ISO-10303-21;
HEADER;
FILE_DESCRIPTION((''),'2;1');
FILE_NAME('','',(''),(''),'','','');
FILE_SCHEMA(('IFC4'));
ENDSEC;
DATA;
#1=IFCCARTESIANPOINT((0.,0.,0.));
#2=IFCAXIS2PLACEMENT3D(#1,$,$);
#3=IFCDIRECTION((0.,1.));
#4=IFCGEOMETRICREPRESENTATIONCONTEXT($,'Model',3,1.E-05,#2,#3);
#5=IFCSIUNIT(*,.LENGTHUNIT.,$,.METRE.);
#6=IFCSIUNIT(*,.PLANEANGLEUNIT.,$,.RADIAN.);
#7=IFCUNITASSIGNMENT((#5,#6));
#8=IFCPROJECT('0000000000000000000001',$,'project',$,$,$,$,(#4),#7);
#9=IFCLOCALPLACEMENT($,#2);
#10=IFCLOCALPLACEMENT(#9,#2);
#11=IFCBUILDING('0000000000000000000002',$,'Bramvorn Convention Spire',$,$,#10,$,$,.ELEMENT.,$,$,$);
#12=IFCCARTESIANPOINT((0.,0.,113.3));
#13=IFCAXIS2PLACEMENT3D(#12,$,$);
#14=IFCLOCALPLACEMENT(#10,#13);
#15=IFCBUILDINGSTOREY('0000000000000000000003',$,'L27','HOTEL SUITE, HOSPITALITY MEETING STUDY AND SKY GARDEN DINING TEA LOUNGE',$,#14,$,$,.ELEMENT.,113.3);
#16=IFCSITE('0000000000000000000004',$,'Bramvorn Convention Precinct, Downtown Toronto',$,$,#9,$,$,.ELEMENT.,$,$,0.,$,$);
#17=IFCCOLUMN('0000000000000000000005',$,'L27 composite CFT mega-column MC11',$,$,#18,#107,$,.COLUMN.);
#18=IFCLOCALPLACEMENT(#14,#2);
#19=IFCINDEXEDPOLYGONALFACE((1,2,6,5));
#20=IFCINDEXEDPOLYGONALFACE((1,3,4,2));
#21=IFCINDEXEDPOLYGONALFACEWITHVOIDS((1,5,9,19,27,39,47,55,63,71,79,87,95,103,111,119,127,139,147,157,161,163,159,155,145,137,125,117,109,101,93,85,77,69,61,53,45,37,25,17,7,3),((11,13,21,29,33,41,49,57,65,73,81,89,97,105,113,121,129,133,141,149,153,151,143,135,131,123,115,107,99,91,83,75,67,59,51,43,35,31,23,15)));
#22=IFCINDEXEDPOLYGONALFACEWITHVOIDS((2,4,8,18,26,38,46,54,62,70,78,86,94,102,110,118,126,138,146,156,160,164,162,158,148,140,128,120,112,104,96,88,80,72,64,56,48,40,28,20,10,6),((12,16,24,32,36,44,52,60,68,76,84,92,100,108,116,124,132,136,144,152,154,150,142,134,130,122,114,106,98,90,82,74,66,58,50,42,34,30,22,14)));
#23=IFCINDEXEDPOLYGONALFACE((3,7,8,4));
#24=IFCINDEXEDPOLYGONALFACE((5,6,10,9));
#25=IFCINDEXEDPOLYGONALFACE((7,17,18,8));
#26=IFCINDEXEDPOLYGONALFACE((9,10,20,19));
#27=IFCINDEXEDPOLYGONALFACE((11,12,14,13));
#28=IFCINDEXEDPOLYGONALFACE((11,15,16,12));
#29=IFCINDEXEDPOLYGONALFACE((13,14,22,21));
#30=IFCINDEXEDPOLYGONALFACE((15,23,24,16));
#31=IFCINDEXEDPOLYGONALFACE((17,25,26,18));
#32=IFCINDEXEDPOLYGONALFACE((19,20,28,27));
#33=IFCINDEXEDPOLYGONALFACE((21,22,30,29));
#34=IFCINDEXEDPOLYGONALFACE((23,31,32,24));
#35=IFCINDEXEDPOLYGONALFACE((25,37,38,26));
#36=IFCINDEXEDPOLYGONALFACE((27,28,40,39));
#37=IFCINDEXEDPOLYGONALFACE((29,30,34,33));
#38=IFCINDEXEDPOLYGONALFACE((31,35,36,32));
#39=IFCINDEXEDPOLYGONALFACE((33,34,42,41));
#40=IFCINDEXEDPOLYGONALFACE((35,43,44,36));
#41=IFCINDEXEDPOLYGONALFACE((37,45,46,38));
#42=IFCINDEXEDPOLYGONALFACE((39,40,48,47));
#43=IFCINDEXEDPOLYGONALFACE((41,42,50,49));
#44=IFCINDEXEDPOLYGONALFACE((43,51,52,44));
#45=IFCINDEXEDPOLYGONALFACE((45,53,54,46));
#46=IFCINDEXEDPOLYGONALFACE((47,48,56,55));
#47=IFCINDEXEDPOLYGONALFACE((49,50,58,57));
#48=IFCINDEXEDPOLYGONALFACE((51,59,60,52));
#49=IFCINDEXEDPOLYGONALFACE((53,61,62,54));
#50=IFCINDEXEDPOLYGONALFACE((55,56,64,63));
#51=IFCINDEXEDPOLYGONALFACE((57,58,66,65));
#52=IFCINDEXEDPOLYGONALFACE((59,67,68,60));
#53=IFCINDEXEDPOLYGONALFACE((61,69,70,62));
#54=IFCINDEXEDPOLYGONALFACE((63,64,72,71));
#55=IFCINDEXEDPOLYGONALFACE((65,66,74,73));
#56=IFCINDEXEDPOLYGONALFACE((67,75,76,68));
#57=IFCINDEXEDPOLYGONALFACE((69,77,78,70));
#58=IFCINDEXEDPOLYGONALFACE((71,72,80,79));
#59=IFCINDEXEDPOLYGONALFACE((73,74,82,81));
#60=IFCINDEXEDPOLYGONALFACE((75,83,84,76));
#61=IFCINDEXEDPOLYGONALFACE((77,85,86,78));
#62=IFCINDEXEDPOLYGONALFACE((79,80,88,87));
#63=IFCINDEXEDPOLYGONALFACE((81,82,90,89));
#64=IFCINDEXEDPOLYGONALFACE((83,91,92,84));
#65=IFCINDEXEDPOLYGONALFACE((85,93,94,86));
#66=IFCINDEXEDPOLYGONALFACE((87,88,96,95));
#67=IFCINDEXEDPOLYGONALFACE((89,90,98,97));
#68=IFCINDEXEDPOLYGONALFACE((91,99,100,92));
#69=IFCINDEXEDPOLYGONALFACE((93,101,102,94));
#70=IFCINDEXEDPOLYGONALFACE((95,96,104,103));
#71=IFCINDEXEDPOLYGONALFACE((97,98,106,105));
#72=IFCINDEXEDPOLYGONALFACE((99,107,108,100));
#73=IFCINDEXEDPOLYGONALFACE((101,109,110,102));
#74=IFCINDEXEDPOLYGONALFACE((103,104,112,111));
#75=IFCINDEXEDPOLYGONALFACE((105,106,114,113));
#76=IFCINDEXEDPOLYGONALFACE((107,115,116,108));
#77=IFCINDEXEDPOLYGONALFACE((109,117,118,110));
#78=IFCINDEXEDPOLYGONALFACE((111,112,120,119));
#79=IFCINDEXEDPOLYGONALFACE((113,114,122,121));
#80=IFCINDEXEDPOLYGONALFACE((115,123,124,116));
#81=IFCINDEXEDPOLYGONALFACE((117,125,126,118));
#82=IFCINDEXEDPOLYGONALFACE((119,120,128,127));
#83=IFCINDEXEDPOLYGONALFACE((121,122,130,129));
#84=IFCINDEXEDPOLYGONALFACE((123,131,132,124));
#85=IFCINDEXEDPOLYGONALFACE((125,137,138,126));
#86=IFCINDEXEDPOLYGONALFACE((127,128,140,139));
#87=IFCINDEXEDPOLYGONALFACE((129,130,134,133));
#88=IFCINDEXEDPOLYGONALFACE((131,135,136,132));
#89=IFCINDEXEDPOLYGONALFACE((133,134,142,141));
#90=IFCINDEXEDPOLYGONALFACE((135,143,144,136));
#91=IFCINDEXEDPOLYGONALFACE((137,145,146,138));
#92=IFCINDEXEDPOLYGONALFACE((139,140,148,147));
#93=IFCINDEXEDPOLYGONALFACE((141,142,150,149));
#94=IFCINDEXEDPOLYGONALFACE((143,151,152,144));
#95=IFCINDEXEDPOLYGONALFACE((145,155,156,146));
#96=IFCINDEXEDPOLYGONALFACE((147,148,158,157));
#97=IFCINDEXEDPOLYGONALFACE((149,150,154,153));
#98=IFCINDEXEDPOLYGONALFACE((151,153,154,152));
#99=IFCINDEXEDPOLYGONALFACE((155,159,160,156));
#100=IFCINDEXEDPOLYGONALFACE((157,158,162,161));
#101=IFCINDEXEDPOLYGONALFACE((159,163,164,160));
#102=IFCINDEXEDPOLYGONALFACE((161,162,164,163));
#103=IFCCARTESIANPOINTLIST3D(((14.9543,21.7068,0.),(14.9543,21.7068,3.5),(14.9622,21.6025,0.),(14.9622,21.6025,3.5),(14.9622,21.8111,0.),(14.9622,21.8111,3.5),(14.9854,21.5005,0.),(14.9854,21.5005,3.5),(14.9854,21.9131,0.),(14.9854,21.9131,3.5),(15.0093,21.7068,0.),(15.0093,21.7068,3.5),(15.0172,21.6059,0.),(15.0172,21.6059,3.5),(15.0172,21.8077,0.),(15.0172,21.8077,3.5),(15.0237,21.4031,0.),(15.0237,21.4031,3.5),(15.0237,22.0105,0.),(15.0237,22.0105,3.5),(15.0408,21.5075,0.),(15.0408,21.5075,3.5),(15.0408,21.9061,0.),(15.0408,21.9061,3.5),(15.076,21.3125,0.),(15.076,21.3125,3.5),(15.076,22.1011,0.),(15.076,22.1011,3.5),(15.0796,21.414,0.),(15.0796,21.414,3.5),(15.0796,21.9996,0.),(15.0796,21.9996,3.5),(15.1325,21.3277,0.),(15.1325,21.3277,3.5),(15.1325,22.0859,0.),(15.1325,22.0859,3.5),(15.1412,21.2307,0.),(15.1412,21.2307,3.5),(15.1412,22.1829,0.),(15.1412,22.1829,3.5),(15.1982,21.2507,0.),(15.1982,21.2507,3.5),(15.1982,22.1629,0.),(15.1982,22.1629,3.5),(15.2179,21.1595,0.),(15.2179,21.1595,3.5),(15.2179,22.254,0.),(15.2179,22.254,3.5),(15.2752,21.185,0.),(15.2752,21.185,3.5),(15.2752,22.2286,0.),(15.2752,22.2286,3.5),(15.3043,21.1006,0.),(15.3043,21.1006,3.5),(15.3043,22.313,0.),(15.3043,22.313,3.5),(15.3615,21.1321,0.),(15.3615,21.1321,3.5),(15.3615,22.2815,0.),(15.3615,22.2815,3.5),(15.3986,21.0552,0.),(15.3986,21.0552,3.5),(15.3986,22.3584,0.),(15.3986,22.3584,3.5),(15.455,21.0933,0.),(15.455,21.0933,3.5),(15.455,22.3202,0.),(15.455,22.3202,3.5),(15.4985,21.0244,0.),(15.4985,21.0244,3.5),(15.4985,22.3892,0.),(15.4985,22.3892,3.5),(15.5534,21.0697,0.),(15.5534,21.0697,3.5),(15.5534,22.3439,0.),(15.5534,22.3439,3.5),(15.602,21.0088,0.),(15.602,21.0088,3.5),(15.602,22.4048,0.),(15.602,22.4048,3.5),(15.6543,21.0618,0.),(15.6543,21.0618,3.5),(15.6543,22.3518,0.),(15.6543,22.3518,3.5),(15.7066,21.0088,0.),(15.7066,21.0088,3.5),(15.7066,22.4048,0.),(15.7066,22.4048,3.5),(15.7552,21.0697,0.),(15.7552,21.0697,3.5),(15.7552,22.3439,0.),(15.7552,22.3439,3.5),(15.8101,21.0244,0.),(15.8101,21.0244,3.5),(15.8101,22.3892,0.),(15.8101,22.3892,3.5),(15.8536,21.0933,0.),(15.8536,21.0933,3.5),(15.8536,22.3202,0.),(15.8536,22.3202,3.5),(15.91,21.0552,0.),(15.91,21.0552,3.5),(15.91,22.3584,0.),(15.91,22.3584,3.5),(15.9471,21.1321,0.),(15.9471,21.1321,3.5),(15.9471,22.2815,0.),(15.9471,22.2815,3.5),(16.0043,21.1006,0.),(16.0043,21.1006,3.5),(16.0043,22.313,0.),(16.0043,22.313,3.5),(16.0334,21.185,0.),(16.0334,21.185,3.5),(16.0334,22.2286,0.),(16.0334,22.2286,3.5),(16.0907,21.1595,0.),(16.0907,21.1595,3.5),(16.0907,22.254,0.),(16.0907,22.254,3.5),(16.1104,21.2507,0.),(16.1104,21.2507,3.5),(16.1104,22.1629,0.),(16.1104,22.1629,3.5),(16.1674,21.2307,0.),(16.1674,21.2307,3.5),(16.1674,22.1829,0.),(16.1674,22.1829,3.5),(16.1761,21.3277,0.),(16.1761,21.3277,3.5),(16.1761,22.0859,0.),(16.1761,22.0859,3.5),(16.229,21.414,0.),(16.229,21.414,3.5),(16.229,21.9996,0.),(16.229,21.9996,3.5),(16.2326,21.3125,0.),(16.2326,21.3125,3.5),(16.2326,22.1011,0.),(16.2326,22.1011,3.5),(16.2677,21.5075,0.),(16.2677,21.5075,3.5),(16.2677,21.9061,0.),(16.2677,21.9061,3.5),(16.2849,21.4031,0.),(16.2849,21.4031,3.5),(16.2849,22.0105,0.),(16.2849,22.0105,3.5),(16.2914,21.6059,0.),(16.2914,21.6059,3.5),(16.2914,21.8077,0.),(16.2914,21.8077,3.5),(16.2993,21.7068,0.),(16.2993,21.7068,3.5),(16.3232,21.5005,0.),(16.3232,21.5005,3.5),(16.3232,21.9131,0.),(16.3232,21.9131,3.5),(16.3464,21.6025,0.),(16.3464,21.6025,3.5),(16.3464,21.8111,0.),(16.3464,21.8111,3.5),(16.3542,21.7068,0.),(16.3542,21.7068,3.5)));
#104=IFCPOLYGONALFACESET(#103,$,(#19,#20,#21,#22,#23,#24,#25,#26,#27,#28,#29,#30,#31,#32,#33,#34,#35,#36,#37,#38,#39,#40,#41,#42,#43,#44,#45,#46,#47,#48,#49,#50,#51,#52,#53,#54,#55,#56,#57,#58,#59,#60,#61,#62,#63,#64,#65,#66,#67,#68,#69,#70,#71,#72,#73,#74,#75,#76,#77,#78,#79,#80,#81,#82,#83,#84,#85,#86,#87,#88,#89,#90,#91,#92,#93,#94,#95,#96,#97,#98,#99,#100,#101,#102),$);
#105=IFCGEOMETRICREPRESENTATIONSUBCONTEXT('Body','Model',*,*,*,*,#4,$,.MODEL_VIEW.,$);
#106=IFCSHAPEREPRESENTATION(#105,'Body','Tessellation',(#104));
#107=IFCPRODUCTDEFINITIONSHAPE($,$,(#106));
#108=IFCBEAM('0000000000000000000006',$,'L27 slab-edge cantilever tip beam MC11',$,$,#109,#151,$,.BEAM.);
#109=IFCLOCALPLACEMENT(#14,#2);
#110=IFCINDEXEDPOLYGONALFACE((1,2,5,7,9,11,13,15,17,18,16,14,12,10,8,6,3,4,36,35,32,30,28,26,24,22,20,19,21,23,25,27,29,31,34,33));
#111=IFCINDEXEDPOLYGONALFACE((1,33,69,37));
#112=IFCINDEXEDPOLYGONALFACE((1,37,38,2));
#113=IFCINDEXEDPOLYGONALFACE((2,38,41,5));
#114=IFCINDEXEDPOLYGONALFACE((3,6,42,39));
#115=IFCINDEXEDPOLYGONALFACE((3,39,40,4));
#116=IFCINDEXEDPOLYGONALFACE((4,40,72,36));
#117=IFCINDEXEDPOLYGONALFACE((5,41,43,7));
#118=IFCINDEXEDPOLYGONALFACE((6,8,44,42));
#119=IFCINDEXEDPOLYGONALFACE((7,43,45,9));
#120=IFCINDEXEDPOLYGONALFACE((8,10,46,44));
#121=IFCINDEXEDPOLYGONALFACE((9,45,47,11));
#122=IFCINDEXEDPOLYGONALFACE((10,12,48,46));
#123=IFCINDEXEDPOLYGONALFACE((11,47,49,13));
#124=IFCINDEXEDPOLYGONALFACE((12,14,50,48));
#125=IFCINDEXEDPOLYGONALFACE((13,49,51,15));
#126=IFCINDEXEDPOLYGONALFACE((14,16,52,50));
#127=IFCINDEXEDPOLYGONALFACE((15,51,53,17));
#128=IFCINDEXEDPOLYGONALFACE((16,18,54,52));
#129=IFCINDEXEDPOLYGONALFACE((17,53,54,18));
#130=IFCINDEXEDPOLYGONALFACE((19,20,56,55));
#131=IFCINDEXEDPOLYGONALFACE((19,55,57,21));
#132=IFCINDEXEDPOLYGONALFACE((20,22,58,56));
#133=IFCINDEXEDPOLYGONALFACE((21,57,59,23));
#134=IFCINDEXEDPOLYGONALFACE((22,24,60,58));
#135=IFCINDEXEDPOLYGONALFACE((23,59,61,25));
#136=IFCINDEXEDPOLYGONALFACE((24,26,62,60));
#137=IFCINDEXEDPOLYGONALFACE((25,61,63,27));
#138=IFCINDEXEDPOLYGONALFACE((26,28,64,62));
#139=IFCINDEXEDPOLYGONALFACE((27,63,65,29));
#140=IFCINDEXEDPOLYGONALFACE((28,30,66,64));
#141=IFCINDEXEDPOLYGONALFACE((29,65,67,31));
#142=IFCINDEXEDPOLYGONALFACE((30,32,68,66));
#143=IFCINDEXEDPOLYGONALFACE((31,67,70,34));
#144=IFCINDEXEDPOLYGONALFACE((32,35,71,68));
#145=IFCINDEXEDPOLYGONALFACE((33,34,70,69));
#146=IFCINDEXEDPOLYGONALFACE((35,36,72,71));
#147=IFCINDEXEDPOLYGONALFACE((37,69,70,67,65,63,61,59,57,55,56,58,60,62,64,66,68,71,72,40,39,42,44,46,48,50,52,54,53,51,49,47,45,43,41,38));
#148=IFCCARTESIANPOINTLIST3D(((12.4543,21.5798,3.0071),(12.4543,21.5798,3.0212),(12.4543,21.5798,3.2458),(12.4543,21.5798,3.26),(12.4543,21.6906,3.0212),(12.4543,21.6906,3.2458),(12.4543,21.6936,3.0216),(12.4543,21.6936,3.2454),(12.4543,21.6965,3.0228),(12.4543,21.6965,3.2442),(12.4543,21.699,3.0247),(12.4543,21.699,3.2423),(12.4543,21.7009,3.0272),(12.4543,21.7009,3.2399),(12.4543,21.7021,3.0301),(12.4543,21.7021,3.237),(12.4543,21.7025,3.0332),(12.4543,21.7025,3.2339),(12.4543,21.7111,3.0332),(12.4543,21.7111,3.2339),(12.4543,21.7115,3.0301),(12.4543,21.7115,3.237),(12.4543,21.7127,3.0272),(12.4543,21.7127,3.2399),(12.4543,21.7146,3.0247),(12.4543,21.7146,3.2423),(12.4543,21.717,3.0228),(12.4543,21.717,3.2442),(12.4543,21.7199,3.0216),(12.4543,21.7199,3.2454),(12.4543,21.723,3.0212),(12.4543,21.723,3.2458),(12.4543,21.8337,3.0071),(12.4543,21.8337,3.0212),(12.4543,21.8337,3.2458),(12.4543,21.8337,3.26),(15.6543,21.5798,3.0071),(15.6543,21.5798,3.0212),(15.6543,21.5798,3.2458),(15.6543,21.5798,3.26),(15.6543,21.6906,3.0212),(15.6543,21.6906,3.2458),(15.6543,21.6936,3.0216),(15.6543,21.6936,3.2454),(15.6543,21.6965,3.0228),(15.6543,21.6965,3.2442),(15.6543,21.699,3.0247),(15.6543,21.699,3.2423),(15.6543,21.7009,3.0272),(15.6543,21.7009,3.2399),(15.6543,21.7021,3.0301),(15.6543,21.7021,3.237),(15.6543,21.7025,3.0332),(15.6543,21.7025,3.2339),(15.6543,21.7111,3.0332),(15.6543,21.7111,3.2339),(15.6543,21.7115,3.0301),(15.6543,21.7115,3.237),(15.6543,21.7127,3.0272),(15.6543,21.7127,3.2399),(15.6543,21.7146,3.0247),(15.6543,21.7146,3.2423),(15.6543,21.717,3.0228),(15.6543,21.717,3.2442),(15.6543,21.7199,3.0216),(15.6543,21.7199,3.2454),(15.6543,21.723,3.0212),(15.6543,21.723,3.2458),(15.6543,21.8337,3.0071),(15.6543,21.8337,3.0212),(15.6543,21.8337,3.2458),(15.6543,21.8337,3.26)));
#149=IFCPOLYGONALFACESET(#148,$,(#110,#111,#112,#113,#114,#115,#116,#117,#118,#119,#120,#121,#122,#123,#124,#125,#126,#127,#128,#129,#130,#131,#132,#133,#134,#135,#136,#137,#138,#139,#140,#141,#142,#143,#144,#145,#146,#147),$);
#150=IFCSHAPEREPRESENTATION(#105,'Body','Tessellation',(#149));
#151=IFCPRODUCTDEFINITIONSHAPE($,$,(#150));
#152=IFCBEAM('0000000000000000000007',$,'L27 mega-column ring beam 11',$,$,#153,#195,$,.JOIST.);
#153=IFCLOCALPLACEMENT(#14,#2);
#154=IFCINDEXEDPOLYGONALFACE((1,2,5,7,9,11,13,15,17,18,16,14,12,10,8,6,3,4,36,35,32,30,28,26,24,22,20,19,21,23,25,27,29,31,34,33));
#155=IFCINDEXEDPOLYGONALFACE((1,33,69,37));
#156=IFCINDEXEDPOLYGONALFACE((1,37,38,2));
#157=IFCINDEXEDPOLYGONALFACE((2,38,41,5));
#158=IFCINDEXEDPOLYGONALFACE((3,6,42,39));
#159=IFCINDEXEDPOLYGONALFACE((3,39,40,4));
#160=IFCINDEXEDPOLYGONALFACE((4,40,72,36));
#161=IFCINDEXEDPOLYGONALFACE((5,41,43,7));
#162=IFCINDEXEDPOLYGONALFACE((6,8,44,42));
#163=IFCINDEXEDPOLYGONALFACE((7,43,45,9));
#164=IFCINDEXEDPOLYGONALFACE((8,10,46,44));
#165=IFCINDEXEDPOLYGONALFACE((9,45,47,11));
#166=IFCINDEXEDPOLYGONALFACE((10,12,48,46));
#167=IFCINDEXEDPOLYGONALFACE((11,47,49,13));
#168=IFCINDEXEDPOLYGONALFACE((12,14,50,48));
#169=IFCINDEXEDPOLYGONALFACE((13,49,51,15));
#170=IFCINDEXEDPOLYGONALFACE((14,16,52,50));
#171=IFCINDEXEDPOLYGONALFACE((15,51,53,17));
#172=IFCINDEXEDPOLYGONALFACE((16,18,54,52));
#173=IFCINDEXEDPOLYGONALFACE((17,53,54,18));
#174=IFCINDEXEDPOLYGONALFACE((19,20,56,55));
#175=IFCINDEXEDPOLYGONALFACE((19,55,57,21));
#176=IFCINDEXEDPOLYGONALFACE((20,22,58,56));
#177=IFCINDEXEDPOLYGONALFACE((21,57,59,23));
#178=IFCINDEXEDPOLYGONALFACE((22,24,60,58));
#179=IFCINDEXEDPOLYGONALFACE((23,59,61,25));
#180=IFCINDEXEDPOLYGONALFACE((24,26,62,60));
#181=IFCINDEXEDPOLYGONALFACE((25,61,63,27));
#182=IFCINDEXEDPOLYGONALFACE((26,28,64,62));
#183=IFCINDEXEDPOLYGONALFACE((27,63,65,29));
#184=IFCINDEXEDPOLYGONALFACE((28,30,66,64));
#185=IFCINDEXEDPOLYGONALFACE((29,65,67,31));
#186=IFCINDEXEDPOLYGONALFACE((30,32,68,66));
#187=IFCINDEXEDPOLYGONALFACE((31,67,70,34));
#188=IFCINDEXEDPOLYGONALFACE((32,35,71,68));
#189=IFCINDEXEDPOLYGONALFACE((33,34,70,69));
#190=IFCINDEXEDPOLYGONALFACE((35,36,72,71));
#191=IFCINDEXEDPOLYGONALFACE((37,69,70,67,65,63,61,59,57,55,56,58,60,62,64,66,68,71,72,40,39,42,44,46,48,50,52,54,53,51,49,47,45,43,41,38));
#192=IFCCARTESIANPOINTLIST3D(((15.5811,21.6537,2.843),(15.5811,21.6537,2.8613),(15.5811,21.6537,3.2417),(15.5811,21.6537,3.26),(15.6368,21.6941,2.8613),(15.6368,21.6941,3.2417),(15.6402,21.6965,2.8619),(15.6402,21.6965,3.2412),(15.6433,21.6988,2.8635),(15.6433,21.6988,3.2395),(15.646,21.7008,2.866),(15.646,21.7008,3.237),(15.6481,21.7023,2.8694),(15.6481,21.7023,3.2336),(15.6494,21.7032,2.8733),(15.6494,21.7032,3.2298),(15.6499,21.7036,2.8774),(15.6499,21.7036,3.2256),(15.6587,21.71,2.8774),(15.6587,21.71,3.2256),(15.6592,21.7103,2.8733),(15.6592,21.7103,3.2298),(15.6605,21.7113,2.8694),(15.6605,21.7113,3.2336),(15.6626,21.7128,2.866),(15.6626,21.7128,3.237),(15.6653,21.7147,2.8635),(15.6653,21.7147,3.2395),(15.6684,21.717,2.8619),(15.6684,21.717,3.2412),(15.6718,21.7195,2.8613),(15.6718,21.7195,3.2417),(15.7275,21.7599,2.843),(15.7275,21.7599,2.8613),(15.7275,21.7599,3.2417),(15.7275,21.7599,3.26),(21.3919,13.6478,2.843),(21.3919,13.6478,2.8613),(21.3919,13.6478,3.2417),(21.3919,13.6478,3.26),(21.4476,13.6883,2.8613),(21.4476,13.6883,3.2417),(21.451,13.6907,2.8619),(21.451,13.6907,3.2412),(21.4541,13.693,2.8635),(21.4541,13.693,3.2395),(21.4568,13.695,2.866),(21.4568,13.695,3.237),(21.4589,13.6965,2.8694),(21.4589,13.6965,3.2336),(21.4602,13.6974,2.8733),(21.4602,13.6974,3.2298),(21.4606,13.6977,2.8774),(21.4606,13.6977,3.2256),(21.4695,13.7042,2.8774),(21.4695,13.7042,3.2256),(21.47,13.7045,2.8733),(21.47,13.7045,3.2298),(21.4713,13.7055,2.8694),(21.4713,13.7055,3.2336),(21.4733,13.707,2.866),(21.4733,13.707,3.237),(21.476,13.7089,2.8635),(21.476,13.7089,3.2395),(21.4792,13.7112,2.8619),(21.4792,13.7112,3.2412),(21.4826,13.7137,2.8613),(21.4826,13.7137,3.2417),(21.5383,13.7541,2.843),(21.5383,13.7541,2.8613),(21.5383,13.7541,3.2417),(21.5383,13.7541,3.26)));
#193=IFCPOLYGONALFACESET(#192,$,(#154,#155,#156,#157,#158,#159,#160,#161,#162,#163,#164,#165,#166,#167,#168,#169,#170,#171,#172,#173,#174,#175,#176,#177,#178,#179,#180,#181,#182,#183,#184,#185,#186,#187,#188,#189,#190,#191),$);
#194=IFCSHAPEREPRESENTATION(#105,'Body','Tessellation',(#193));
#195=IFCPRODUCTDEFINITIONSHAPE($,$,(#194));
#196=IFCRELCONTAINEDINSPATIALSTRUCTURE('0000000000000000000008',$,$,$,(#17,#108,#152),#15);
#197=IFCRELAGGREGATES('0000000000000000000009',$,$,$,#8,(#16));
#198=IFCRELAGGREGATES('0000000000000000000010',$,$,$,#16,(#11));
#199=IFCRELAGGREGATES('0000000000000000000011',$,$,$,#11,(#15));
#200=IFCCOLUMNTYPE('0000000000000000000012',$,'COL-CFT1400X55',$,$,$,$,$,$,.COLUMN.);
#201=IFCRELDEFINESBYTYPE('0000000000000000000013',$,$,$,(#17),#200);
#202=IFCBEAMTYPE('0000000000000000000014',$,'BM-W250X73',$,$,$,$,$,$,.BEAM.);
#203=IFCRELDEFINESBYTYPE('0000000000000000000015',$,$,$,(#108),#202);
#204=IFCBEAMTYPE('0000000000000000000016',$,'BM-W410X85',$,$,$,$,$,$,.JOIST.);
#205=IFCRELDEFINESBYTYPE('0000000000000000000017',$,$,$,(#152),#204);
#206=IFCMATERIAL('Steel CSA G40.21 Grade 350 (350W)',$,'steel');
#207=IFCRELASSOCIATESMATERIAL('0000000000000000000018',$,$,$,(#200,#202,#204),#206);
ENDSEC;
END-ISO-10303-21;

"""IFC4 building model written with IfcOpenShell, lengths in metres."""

from ifc_helpers import new_model, si_unit, direction, frame, origin, origin_2d, place, context, subcontext, project, spatial, hollow_circle, i_section, extrude, material, material_profile, profile_set, type_object, element, save


model = new_model("IFC4")

# Units and contexts
model_context = context("Model", 3, precision=1e-05, world=origin(), true_north=direction((0.0, 1.0)))
body_context = subcontext(model_context, "Body", "Model", "MODEL_VIEW")
ifc_project = project(units=[si_unit("LENGTHUNIT", "METRE"), si_unit("PLANEANGLEUNIT", "RADIAN")], contexts=[model_context])

# Site, building, storey
site_placement = place(None, origin())
site = spatial("IfcSite", under=ifc_project, at=site_placement, Name="Bramvorn Convention Precinct, Downtown Toronto", CompositionType="ELEMENT", RefElevation=0.0)
building_placement = place(site_placement, origin())
building = spatial("IfcBuilding", under=site, at=building_placement, Name="Bramvorn Convention Spire", CompositionType="ELEMENT")
storey_placement = place(building_placement, frame((0.0, 0.0, 113.3)))
storey = spatial("IfcBuildingStorey", under=building, at=storey_placement, Name="L27", Description="HOTEL SUITE, HOSPITALITY MEETING STUDY AND SKY GARDEN DINING TEA LOUNGE", CompositionType="ELEMENT", Elevation=113.3)

# Column
ifc_material_1 = material(Name="Steel CSA G40.21 Grade 350 (350W)", Category="steel")
ifc_material_profile_1 = material_profile(ifc_material_1, hollow_circle(Radius=0.7, WallThickness=0.0549, at=origin_2d()))
ifc_profile_set_1 = profile_set([ifc_material_profile_1], Name="Steel CSA G40.21 Grade 350 (350W) - CFT1400X55")
column_type = type_object("IfcColumnType", Name="COL-CFT1400X55", PredefinedType="COLUMN", material=ifc_profile_set_1)
column_placement = place(storey_placement, frame((15.6543, 21.7068, 0.0), z_axis=(0.0, 0.0, 1.0), x_axis=(1.0, 0.0, 0.0)))
element("IfcColumn", 1, at=column_placement, inside=storey, type_object=column_type, Name="L27 composite CFT mega-column MC11", PredefinedType="COLUMN", context=body_context, shape_type="SweptSolid", body=[
    extrude(hollow_circle(Radius=0.7, WallThickness=0.0549, at=origin_2d()), origin(), (0.0, 0.0, 1.0), 3.5),
])

# Beams
ifc_material_profile_2 = material_profile(ifc_material_1, i_section(OverallWidth=0.2539, OverallDepth=0.2529, WebThickness=0.0085, FlangeThickness=0.0142, FilletRadius=0.012, at=origin_2d()))
ifc_profile_set_2 = profile_set([ifc_material_profile_2], Name="Steel CSA G40.21 Grade 350 (350W) - W250X73")
beam_type_1 = type_object("IfcBeamType", Name="BM-W250X73", PredefinedType="BEAM", material=ifc_profile_set_2)
beam_1_placement = place(storey_placement, frame((15.6543, 21.7068, 3.1335), z_axis=(-1.0, 0.0, 0.0), x_axis=(0.0, -1.0, 0.0)))
element("IfcBeam", 2, at=beam_1_placement, inside=storey, type_object=beam_type_1, Name="L27 slab-edge cantilever tip beam MC11", PredefinedType="BEAM", context=body_context, shape_type="SweptSolid", body=[
    extrude(i_section(OverallWidth=0.2539, OverallDepth=0.2529, WebThickness=0.0085, FlangeThickness=0.0142, FilletRadius=0.012, at=origin_2d()), origin(), (0.0, 0.0, 1.0), 3.2),
])
ifc_material_profile_3 = material_profile(ifc_material_1, i_section(OverallWidth=0.1809, OverallDepth=0.417, WebThickness=0.011, FlangeThickness=0.0183, FilletRadius=0.0161, at=origin_2d()))
ifc_profile_set_3 = profile_set([ifc_material_profile_3], Name="Steel CSA G40.21 Grade 350 (350W) - W410X85")
beam_type_2 = type_object("IfcBeamType", Name="BM-W410X85", PredefinedType="JOIST", material=ifc_profile_set_3)
beam_2_placement = place(storey_placement, frame((15.6543, 21.7068, 3.0515), z_axis=(0.587401, -0.809296, 0.0), x_axis=(0.809296, 0.587401, 0.0)))
element("IfcBeam", 3, at=beam_2_placement, inside=storey, type_object=beam_type_2, Name="L27 mega-column ring beam 11", PredefinedType="JOIST", context=body_context, shape_type="SweptSolid", body=[
    extrude(i_section(OverallWidth=0.1809, OverallDepth=0.417, WebThickness=0.011, FlangeThickness=0.0183, FilletRadius=0.0161, at=origin_2d()), origin(), (0.0, 0.0, 1.0), 9.8923),
])

save(model, "model.ifc")
